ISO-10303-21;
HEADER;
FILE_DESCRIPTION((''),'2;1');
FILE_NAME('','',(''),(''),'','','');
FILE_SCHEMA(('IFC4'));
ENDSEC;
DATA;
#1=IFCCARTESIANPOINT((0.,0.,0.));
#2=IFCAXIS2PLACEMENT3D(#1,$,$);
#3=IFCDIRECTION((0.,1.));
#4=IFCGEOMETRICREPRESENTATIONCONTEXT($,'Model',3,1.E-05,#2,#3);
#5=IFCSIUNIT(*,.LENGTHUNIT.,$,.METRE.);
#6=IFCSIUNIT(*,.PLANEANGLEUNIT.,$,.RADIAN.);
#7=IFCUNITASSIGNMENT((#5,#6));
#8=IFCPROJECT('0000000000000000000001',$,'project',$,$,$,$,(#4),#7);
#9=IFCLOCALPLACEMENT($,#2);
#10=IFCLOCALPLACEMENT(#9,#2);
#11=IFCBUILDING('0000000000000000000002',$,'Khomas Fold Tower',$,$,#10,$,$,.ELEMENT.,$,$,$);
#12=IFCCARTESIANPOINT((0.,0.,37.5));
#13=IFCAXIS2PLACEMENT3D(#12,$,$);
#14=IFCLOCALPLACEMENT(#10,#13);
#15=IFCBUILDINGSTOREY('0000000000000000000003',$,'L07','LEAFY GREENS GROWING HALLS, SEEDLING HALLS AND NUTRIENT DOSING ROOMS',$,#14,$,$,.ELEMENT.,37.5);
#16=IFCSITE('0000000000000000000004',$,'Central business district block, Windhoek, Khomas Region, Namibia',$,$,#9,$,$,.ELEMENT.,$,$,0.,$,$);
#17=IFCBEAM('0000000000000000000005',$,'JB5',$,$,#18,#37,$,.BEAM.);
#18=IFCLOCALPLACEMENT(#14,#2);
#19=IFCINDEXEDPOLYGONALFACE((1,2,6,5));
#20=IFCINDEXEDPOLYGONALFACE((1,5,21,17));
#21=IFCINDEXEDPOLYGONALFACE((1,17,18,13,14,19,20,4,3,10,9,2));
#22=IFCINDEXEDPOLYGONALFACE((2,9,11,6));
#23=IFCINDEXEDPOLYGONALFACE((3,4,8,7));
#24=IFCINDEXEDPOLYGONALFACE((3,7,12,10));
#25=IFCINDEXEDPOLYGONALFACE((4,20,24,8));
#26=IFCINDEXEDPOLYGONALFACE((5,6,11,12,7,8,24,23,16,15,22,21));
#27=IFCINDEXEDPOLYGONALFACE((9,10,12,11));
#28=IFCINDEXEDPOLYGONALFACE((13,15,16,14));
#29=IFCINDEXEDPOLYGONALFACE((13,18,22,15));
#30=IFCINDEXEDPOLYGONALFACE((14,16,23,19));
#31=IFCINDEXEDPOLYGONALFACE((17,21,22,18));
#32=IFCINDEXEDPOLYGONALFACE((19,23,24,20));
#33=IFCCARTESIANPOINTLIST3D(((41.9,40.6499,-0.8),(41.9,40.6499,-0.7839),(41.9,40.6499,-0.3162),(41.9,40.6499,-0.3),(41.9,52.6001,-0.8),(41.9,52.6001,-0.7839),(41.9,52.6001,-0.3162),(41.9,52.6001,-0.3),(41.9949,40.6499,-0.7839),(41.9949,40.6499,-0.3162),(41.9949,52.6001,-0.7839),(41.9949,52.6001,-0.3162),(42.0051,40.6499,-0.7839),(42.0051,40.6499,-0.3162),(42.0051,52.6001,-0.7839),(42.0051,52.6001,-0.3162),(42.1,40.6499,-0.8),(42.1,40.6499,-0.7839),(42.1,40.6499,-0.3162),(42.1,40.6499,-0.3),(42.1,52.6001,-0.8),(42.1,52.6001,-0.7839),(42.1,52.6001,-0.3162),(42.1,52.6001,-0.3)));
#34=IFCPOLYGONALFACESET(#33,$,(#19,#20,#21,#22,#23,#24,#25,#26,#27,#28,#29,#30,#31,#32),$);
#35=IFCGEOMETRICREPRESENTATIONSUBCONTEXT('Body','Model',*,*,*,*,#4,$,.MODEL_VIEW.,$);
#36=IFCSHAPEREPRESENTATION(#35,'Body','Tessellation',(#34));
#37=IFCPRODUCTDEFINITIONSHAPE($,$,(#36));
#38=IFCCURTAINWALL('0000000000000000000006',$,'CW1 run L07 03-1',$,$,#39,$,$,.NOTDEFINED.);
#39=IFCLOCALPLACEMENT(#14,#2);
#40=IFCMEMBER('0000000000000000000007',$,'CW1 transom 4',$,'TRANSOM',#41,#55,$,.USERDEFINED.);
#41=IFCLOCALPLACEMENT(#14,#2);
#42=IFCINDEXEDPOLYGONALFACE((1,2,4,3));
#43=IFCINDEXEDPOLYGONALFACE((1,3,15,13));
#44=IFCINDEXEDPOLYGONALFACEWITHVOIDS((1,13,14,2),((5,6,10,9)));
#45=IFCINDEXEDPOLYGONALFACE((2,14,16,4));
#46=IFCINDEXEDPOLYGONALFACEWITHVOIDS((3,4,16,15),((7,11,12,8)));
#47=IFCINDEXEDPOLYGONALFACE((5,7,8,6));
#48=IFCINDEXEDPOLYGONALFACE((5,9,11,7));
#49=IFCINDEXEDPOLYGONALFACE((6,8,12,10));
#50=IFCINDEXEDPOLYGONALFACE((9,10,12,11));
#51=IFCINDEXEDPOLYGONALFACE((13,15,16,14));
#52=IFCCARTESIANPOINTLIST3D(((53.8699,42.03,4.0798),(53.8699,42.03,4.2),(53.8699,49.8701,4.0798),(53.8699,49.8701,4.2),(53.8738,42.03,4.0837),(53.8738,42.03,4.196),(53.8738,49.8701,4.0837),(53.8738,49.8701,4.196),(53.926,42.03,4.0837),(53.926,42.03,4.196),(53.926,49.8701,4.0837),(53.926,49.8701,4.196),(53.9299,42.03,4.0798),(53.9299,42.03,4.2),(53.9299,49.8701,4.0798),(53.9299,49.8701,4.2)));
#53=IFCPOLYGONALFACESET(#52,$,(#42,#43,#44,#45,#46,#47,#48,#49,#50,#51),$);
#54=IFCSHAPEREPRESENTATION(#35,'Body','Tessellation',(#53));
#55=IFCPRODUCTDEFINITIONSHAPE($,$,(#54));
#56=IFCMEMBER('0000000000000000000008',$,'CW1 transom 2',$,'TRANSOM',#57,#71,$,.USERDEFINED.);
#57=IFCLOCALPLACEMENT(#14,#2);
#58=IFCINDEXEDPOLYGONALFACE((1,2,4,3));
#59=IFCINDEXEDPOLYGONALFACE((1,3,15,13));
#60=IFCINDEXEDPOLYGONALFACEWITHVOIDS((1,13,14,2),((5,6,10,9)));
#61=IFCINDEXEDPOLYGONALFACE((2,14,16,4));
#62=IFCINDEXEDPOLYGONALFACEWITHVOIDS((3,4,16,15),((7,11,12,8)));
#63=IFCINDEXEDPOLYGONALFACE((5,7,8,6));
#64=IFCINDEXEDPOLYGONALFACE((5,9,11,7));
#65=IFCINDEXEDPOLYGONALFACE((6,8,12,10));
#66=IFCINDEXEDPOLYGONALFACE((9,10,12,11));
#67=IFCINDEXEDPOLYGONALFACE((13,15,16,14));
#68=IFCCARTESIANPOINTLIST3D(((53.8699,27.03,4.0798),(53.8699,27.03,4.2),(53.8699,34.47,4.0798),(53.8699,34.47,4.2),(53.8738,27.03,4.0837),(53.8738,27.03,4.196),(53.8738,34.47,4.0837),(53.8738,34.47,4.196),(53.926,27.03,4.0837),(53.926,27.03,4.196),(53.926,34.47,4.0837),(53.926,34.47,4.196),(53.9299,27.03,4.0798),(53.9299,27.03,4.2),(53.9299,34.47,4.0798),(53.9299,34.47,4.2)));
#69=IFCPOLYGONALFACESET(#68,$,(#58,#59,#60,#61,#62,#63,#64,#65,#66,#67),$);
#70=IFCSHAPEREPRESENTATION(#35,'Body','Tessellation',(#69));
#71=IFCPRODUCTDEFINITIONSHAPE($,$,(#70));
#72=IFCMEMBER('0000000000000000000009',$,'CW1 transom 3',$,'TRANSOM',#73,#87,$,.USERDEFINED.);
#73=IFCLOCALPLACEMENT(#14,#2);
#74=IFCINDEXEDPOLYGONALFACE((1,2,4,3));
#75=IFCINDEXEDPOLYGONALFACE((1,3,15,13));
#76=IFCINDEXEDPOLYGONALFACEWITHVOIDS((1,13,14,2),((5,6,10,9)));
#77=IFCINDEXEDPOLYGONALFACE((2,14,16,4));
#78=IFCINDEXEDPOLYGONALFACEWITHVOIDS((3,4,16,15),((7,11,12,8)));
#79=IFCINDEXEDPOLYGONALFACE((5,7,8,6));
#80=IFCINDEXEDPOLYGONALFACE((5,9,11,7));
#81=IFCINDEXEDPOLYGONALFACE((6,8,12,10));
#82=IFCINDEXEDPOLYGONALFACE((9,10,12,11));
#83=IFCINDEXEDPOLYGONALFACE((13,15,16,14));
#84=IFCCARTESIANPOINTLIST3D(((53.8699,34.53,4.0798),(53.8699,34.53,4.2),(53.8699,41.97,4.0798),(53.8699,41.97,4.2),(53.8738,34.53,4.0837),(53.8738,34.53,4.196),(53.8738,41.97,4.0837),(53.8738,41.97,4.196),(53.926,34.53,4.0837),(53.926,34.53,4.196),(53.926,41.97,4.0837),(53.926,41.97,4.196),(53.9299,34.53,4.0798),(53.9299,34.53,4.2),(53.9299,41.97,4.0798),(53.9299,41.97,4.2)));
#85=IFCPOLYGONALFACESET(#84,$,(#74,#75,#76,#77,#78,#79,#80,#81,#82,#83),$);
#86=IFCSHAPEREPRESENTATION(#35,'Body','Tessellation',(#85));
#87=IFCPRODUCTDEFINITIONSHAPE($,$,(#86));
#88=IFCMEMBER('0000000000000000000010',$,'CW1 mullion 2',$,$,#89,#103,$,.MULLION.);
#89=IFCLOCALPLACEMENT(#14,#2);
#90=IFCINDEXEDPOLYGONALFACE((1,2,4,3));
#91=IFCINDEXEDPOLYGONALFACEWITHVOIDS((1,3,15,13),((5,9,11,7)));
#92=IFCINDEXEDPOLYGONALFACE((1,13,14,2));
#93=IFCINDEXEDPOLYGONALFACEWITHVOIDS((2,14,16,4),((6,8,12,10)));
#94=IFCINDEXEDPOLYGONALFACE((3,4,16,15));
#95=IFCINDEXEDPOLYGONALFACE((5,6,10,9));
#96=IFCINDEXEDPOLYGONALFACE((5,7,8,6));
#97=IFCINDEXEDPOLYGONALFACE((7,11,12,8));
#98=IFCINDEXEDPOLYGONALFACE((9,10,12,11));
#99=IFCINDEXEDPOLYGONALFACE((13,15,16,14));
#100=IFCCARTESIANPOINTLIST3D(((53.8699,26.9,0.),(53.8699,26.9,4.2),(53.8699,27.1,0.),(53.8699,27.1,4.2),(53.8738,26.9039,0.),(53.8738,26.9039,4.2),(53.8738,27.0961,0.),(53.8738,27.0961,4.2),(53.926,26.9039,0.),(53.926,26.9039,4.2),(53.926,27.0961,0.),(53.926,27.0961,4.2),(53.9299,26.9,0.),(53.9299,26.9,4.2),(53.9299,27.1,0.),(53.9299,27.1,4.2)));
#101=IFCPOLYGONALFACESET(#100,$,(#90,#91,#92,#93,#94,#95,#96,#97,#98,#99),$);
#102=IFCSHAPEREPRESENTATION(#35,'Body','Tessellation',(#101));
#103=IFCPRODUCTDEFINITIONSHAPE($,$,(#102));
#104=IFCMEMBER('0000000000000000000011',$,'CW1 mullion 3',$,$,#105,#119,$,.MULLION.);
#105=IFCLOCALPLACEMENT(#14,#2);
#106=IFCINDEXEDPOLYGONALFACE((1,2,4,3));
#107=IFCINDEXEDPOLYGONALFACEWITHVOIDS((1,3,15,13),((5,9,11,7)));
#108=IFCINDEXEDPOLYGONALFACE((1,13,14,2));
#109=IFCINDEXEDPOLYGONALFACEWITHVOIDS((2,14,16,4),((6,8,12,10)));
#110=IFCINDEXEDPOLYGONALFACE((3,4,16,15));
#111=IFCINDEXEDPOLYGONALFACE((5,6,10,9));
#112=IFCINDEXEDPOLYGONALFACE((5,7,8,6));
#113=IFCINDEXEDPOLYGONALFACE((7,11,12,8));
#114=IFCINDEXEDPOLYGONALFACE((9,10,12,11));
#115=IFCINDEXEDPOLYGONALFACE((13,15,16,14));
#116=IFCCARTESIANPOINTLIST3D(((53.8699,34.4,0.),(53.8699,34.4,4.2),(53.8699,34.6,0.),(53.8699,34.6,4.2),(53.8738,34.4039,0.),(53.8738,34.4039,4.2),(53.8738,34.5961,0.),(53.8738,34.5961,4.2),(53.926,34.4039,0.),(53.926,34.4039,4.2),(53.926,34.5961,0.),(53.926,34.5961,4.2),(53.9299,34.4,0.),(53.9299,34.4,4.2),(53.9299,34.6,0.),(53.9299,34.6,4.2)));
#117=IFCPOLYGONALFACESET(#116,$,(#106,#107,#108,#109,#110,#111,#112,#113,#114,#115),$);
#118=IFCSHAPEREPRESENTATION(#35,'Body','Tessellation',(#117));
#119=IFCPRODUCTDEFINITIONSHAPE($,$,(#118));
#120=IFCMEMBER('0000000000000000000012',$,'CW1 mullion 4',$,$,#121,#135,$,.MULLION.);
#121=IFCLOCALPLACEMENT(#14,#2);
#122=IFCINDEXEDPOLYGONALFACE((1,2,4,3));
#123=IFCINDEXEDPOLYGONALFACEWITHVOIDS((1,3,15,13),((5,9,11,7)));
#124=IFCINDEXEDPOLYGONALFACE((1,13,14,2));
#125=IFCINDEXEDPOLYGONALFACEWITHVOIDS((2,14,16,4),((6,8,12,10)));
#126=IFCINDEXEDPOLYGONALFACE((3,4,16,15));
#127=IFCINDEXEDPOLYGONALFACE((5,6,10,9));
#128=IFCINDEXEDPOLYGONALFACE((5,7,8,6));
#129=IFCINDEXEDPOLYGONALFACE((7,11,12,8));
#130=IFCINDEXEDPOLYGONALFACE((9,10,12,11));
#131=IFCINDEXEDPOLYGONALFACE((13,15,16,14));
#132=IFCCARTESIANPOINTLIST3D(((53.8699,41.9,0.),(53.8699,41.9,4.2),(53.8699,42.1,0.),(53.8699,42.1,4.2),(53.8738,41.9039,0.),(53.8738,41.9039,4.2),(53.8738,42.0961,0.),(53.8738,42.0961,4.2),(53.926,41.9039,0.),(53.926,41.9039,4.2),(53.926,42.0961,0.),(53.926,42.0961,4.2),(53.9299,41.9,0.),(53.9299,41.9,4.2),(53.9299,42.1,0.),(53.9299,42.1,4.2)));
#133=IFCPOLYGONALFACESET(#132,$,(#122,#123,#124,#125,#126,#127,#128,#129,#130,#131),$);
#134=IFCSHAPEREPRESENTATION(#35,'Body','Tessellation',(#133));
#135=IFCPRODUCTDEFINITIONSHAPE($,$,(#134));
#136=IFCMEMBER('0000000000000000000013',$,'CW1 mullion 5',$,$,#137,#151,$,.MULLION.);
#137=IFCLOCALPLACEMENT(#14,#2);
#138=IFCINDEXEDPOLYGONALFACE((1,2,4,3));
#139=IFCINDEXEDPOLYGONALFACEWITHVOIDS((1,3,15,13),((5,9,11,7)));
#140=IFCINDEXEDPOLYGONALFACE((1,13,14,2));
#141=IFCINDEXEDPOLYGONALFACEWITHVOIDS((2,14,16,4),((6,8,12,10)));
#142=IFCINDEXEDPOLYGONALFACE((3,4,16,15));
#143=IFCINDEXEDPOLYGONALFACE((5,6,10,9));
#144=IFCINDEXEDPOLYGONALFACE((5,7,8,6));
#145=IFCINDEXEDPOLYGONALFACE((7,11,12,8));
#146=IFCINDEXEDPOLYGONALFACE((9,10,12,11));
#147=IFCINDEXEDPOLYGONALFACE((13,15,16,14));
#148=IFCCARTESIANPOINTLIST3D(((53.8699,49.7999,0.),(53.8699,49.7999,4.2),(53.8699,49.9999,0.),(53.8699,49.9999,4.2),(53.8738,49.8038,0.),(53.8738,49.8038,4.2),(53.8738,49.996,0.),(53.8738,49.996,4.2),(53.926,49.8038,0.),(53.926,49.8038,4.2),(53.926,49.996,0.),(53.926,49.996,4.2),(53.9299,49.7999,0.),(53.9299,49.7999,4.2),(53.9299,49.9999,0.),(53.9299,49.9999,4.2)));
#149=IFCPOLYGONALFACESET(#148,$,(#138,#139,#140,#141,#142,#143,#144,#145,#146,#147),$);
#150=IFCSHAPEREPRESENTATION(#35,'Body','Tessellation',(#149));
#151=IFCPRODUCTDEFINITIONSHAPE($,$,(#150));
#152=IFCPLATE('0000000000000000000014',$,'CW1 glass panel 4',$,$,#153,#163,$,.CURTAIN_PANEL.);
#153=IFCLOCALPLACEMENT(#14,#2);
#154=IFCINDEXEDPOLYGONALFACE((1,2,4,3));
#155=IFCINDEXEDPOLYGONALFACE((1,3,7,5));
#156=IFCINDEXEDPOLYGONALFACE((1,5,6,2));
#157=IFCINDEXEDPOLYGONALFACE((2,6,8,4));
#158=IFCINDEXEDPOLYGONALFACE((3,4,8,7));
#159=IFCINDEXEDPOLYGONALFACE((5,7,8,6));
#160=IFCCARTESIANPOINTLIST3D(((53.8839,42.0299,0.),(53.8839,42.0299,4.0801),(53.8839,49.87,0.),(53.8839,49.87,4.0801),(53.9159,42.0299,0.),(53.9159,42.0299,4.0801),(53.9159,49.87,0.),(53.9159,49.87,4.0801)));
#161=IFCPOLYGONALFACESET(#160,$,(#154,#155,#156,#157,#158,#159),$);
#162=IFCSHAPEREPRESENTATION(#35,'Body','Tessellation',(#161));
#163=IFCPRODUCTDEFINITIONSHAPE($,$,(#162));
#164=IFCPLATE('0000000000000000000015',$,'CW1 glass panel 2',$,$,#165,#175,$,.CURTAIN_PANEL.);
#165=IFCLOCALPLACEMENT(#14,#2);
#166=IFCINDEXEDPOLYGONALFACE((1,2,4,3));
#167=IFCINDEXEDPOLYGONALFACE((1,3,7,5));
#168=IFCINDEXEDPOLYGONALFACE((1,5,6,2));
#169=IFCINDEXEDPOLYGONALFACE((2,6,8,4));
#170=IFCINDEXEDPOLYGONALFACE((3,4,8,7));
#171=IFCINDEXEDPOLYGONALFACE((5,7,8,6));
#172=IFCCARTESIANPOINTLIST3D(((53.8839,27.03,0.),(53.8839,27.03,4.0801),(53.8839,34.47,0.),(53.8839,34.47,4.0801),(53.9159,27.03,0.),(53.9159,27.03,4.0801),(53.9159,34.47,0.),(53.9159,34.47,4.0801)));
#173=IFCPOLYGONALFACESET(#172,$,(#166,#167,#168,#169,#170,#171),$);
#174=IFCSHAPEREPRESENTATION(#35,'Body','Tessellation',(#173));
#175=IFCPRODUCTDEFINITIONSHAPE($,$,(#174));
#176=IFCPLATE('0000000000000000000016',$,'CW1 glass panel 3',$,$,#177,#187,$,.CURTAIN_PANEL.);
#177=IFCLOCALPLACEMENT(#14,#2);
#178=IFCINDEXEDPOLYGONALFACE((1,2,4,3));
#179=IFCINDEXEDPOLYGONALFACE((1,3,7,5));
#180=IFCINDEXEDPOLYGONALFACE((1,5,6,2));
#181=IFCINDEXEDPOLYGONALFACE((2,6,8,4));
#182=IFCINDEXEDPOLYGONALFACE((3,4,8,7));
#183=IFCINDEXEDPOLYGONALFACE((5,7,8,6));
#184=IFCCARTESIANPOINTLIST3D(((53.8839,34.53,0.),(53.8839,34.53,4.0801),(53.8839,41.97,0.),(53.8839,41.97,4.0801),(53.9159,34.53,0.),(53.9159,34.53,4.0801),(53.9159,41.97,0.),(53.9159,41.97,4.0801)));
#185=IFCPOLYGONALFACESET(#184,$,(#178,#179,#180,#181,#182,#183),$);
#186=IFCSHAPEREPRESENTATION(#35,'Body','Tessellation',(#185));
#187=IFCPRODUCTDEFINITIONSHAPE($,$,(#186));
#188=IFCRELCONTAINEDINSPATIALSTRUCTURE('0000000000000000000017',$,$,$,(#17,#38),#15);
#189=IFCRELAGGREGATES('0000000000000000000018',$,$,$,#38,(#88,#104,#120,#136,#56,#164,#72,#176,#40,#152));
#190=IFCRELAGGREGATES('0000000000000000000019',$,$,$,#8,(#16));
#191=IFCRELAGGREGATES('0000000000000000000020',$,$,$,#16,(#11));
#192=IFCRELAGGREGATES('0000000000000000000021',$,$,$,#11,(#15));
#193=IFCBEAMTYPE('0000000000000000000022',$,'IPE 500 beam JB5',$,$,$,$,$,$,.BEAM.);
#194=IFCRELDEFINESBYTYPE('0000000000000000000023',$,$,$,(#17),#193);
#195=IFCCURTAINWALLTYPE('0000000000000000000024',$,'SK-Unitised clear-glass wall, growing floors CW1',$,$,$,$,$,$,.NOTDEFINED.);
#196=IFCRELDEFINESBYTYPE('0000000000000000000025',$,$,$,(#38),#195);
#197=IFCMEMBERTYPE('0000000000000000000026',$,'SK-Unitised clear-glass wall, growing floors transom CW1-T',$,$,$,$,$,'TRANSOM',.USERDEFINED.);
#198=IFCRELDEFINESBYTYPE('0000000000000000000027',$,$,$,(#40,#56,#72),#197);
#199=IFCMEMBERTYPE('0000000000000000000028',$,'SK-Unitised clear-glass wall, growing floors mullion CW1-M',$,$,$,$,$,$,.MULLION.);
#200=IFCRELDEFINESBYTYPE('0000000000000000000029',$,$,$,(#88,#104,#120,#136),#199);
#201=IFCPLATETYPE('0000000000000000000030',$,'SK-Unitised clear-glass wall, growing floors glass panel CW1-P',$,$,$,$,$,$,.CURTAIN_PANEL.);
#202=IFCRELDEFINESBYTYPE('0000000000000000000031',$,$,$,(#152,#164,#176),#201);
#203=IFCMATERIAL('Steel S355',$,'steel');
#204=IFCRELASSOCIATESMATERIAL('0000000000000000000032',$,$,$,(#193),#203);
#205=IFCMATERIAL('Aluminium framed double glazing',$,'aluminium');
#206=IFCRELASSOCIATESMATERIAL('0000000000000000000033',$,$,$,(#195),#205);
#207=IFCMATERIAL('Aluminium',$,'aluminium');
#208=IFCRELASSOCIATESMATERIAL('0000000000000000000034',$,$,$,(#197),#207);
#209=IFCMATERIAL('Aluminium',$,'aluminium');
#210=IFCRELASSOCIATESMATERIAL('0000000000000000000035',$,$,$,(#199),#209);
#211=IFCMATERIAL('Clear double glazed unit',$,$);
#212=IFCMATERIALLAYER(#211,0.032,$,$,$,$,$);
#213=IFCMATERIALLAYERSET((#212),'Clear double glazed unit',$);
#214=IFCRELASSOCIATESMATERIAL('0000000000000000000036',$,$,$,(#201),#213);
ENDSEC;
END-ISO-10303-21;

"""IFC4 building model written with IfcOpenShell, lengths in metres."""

from ifc_helpers import new_model, si_unit, direction, frame, origin, origin_2d, place, context, subcontext, project, spatial, rectangle, hollow_rectangle, i_section, extrude, source, transform, mapped, material, layer, layer_set, material_profile, profile_set, type_object, element, aggregate, save


model = new_model("IFC4")

# Units and contexts
model_context = context("Model", 3, precision=1e-05, world=origin(), true_north=direction((0.0, 1.0)))
body_context = subcontext(model_context, "Body", "Model", "MODEL_VIEW")
ifc_project = project(units=[si_unit("LENGTHUNIT", "METRE"), si_unit("PLANEANGLEUNIT", "RADIAN")], contexts=[model_context])

# Site, building, storey
site_placement = place(None, origin())
site = spatial("IfcSite", under=ifc_project, at=site_placement, Name="Central business district block, Windhoek, Khomas Region, Namibia", CompositionType="ELEMENT", RefElevation=0.0)
building_placement = place(site_placement, origin())
building = spatial("IfcBuilding", under=site, at=building_placement, Name="Khomas Fold Tower", CompositionType="ELEMENT")
storey_placement = place(building_placement, frame((0.0, 0.0, 37.5)))
storey = spatial("IfcBuildingStorey", under=building, at=storey_placement, Name="L07", Description="LEAFY GREENS GROWING HALLS, SEEDLING HALLS AND NUTRIENT DOSING ROOMS", CompositionType="ELEMENT", Elevation=37.5)

# Beam
ifc_material_1 = material(Name="Steel S355", Category="steel")
ifc_material_profile_1 = material_profile(ifc_material_1, i_section(OverallWidth=0.2, OverallDepth=0.5, WebThickness=0.0103, FlangeThickness=0.0161, at=origin_2d()), Name="IPE 500")
ifc_profile_set_1 = profile_set([ifc_material_profile_1], Name="Steel S355")
beam_type_1 = type_object("IfcBeamType", Name="IPE 500 beam JB5", PredefinedType="BEAM", material=ifc_profile_set_1)
shared_shape_1 = source(origin(), body_context, "Body", "SweptSolid", [
    extrude(i_section(OverallWidth=0.2, OverallDepth=0.5, WebThickness=0.0103, FlangeThickness=0.0161, at=origin_2d()), origin(), (0.0, 0.0, 1.0), 11.9502),
])
beam_1_placement = place(storey_placement, frame((42.0, 40.6499, -0.55), z_axis=(0.0, 1.0, 0.0), x_axis=(-1.0, 0.0, 0.0)))
element("IfcBeam", 1, at=beam_1_placement, inside=storey, type_object=beam_type_1, Name="JB5", PredefinedType="BEAM", context=body_context, shape_type="MappedRepresentation", body=[
    mapped(shared_shape_1, transform((0.0, 0.0, 0.0))),
])

# Curtain wall, members, plates
ifc_material_2 = material(Name="Aluminium framed double glazing", Category="aluminium")
curtain_wall_type = type_object("IfcCurtainWallType", Name="SK-Unitised clear-glass wall, growing floors CW1", PredefinedType="NOTDEFINED", material=ifc_material_2)
curtain_wall_placement = place(storey_placement, origin())
curtain_wall = element("IfcCurtainWall", 2, at=curtain_wall_placement, inside=storey, type_object=curtain_wall_type, Name="CW1 run L07 03-1", PredefinedType="NOTDEFINED")
ifc_material_3 = material(Name="Aluminium", Category="aluminium")
ifc_material_profile_2 = material_profile(ifc_material_3, hollow_rectangle(XDim=0.0601, YDim=0.1201, WallThickness=0.0039, at=origin_2d()), Name="SK-Unitised clear-glass wall, growing floors transom CW1-T")
ifc_profile_set_2 = profile_set([ifc_material_profile_2], Name="Aluminium")
member_type_1 = type_object("IfcMemberType", Name="SK-Unitised clear-glass wall, growing floors transom CW1-T", ElementType="TRANSOM", PredefinedType="USERDEFINED", material=ifc_profile_set_2)
shared_shape_2 = source(origin(), body_context, "Body", "SweptSolid", [
    extrude(hollow_rectangle(XDim=0.0601, YDim=0.1201, WallThickness=0.0039, at=origin_2d()), origin(), (0.0, 0.0, 1.0), 7.8401),
])
member_1_placement = place(storey_placement, frame((53.8999, 42.03, 4.1399), z_axis=(0.0, 1.0, 0.0), x_axis=(-1.0, 0.0, 0.0)))
member_1 = element("IfcMember", 3, at=member_1_placement, type_object=member_type_1, Name="CW1 transom 4", ObjectType="TRANSOM", PredefinedType="USERDEFINED", context=body_context, shape_type="MappedRepresentation", body=[
    mapped(shared_shape_2, transform((0.0, 0.0, 0.0))),
])
shared_shape_3 = source(origin(), body_context, "Body", "SweptSolid", [
    extrude(hollow_rectangle(XDim=0.0601, YDim=0.1201, WallThickness=0.0039, at=origin_2d()), origin(), (0.0, 0.0, 1.0), 7.4399),
])
member_2_placement = place(storey_placement, frame((53.8999, 27.03, 4.1399), z_axis=(0.0, 1.0, 0.0), x_axis=(-1.0, 0.0, 0.0)))
member_2 = element("IfcMember", 4, at=member_2_placement, type_object=member_type_1, Name="CW1 transom 2", ObjectType="TRANSOM", PredefinedType="USERDEFINED", context=body_context, shape_type="MappedRepresentation", body=[
    mapped(shared_shape_3, transform((0.0, 0.0, 0.0))),
])
member_3_placement = place(storey_placement, frame((53.8999, 34.53, 4.1399), z_axis=(0.0, 1.0, 0.0), x_axis=(-1.0, 0.0, 0.0)))
member_3 = element("IfcMember", 5, at=member_3_placement, type_object=member_type_1, Name="CW1 transom 3", ObjectType="TRANSOM", PredefinedType="USERDEFINED", context=body_context, shape_type="MappedRepresentation", body=[
    mapped(shared_shape_3, transform((0.0, 0.0, 0.0))),
])
ifc_material_4 = material(Name="Aluminium", Category="aluminium")
ifc_material_profile_3 = material_profile(ifc_material_4, hollow_rectangle(XDim=0.0601, YDim=0.2, WallThickness=0.0039, at=origin_2d()), Name="SK-Unitised clear-glass wall, growing floors mullion CW1-M")
ifc_profile_set_3 = profile_set([ifc_material_profile_3], Name="Aluminium")
member_type_2 = type_object("IfcMemberType", Name="SK-Unitised clear-glass wall, growing floors mullion CW1-M", PredefinedType="MULLION", material=ifc_profile_set_3)
shared_shape_4 = source(origin(), body_context, "Body", "SweptSolid", [
    extrude(hollow_rectangle(XDim=0.0601, YDim=0.2, WallThickness=0.0039, at=origin_2d()), origin(), (0.0, 0.0, 1.0), 4.2),
])
member_4_placement = place(storey_placement, frame((53.8999, 27.0, 0.0), z_axis=(0.0, 0.0, 1.0), x_axis=(-1.0, 0.0, 0.0)))
member_4 = element("IfcMember", 6, at=member_4_placement, type_object=member_type_2, Name="CW1 mullion 2", PredefinedType="MULLION", context=body_context, shape_type="MappedRepresentation", body=[
    mapped(shared_shape_4, transform((0.0, 0.0, 0.0))),
])
member_5_placement = place(storey_placement, frame((53.8999, 34.5, 0.0), z_axis=(0.0, 0.0, 1.0), x_axis=(-1.0, 0.0, 0.0)))
member_5 = element("IfcMember", 7, at=member_5_placement, type_object=member_type_2, Name="CW1 mullion 3", PredefinedType="MULLION", context=body_context, shape_type="MappedRepresentation", body=[
    mapped(shared_shape_4, transform((0.0, 0.0, 0.0))),
])
member_6_placement = place(storey_placement, frame((53.8999, 42.0, 0.0), z_axis=(0.0, 0.0, 1.0), x_axis=(-1.0, 0.0, 0.0)))
member_6 = element("IfcMember", 8, at=member_6_placement, type_object=member_type_2, Name="CW1 mullion 4", PredefinedType="MULLION", context=body_context, shape_type="MappedRepresentation", body=[
    mapped(shared_shape_4, transform((0.0, 0.0, 0.0))),
])
member_7_placement = place(storey_placement, frame((53.8999, 49.8999, 0.0), z_axis=(0.0, 0.0, 1.0), x_axis=(-1.0, 0.0, 0.0)))
member_7 = element("IfcMember", 9, at=member_7_placement, type_object=member_type_2, Name="CW1 mullion 5", PredefinedType="MULLION", context=body_context, shape_type="MappedRepresentation", body=[
    mapped(shared_shape_4, transform((0.0, 0.0, 0.0))),
])
ifc_material_5 = material(Name="Clear double glazed unit")
ifc_layer_1 = layer(ifc_material_5, 0.032)
ifc_layer_set_1 = layer_set([ifc_layer_1], Name="Clear double glazed unit")
plate_type = type_object("IfcPlateType", Name="SK-Unitised clear-glass wall, growing floors glass panel CW1-P", PredefinedType="CURTAIN_PANEL", material=ifc_layer_set_1)
shared_shape_5 = source(origin(), body_context, "Body", "SweptSolid", [
    extrude(rectangle(XDim=7.8401, YDim=0.032, at=origin_2d()), origin(), (0.0, 0.0, 1.0), 4.0801),
])
plate_1_placement = place(storey_placement, frame((53.8999, 45.95, 0.0), z_axis=(0.0, 0.0, 1.0), x_axis=(0.0, 1.0, 0.0)))
plate_1 = element("IfcPlate", 10, at=plate_1_placement, type_object=plate_type, Name="CW1 glass panel 4", PredefinedType="CURTAIN_PANEL", context=body_context, shape_type="MappedRepresentation", body=[
    mapped(shared_shape_5, transform((0.0, 0.0, 0.0))),
])
shared_shape_6 = source(origin(), body_context, "Body", "SweptSolid", [
    extrude(rectangle(XDim=7.4399, YDim=0.032, at=origin_2d()), origin(), (0.0, 0.0, 1.0), 4.0801),
])
plate_2_placement = place(storey_placement, frame((53.8999, 30.75, 0.0), z_axis=(0.0, 0.0, 1.0), x_axis=(0.0, 1.0, 0.0)))
plate_2 = element("IfcPlate", 11, at=plate_2_placement, type_object=plate_type, Name="CW1 glass panel 2", PredefinedType="CURTAIN_PANEL", context=body_context, shape_type="MappedRepresentation", body=[
    mapped(shared_shape_6, transform((0.0, 0.0, 0.0))),
])
plate_3_placement = place(storey_placement, frame((53.8999, 38.25, 0.0), z_axis=(0.0, 0.0, 1.0), x_axis=(0.0, 1.0, 0.0)))
plate_3 = element("IfcPlate", 12, at=plate_3_placement, type_object=plate_type, Name="CW1 glass panel 3", PredefinedType="CURTAIN_PANEL", context=body_context, shape_type="MappedRepresentation", body=[
    mapped(shared_shape_6, transform((0.0, 0.0, 0.0))),
])
aggregate(curtain_wall, [member_4, member_5, member_6, member_7, member_2, plate_2, member_3, plate_3, member_1, plate_1])

save(model, "model.ifc")
